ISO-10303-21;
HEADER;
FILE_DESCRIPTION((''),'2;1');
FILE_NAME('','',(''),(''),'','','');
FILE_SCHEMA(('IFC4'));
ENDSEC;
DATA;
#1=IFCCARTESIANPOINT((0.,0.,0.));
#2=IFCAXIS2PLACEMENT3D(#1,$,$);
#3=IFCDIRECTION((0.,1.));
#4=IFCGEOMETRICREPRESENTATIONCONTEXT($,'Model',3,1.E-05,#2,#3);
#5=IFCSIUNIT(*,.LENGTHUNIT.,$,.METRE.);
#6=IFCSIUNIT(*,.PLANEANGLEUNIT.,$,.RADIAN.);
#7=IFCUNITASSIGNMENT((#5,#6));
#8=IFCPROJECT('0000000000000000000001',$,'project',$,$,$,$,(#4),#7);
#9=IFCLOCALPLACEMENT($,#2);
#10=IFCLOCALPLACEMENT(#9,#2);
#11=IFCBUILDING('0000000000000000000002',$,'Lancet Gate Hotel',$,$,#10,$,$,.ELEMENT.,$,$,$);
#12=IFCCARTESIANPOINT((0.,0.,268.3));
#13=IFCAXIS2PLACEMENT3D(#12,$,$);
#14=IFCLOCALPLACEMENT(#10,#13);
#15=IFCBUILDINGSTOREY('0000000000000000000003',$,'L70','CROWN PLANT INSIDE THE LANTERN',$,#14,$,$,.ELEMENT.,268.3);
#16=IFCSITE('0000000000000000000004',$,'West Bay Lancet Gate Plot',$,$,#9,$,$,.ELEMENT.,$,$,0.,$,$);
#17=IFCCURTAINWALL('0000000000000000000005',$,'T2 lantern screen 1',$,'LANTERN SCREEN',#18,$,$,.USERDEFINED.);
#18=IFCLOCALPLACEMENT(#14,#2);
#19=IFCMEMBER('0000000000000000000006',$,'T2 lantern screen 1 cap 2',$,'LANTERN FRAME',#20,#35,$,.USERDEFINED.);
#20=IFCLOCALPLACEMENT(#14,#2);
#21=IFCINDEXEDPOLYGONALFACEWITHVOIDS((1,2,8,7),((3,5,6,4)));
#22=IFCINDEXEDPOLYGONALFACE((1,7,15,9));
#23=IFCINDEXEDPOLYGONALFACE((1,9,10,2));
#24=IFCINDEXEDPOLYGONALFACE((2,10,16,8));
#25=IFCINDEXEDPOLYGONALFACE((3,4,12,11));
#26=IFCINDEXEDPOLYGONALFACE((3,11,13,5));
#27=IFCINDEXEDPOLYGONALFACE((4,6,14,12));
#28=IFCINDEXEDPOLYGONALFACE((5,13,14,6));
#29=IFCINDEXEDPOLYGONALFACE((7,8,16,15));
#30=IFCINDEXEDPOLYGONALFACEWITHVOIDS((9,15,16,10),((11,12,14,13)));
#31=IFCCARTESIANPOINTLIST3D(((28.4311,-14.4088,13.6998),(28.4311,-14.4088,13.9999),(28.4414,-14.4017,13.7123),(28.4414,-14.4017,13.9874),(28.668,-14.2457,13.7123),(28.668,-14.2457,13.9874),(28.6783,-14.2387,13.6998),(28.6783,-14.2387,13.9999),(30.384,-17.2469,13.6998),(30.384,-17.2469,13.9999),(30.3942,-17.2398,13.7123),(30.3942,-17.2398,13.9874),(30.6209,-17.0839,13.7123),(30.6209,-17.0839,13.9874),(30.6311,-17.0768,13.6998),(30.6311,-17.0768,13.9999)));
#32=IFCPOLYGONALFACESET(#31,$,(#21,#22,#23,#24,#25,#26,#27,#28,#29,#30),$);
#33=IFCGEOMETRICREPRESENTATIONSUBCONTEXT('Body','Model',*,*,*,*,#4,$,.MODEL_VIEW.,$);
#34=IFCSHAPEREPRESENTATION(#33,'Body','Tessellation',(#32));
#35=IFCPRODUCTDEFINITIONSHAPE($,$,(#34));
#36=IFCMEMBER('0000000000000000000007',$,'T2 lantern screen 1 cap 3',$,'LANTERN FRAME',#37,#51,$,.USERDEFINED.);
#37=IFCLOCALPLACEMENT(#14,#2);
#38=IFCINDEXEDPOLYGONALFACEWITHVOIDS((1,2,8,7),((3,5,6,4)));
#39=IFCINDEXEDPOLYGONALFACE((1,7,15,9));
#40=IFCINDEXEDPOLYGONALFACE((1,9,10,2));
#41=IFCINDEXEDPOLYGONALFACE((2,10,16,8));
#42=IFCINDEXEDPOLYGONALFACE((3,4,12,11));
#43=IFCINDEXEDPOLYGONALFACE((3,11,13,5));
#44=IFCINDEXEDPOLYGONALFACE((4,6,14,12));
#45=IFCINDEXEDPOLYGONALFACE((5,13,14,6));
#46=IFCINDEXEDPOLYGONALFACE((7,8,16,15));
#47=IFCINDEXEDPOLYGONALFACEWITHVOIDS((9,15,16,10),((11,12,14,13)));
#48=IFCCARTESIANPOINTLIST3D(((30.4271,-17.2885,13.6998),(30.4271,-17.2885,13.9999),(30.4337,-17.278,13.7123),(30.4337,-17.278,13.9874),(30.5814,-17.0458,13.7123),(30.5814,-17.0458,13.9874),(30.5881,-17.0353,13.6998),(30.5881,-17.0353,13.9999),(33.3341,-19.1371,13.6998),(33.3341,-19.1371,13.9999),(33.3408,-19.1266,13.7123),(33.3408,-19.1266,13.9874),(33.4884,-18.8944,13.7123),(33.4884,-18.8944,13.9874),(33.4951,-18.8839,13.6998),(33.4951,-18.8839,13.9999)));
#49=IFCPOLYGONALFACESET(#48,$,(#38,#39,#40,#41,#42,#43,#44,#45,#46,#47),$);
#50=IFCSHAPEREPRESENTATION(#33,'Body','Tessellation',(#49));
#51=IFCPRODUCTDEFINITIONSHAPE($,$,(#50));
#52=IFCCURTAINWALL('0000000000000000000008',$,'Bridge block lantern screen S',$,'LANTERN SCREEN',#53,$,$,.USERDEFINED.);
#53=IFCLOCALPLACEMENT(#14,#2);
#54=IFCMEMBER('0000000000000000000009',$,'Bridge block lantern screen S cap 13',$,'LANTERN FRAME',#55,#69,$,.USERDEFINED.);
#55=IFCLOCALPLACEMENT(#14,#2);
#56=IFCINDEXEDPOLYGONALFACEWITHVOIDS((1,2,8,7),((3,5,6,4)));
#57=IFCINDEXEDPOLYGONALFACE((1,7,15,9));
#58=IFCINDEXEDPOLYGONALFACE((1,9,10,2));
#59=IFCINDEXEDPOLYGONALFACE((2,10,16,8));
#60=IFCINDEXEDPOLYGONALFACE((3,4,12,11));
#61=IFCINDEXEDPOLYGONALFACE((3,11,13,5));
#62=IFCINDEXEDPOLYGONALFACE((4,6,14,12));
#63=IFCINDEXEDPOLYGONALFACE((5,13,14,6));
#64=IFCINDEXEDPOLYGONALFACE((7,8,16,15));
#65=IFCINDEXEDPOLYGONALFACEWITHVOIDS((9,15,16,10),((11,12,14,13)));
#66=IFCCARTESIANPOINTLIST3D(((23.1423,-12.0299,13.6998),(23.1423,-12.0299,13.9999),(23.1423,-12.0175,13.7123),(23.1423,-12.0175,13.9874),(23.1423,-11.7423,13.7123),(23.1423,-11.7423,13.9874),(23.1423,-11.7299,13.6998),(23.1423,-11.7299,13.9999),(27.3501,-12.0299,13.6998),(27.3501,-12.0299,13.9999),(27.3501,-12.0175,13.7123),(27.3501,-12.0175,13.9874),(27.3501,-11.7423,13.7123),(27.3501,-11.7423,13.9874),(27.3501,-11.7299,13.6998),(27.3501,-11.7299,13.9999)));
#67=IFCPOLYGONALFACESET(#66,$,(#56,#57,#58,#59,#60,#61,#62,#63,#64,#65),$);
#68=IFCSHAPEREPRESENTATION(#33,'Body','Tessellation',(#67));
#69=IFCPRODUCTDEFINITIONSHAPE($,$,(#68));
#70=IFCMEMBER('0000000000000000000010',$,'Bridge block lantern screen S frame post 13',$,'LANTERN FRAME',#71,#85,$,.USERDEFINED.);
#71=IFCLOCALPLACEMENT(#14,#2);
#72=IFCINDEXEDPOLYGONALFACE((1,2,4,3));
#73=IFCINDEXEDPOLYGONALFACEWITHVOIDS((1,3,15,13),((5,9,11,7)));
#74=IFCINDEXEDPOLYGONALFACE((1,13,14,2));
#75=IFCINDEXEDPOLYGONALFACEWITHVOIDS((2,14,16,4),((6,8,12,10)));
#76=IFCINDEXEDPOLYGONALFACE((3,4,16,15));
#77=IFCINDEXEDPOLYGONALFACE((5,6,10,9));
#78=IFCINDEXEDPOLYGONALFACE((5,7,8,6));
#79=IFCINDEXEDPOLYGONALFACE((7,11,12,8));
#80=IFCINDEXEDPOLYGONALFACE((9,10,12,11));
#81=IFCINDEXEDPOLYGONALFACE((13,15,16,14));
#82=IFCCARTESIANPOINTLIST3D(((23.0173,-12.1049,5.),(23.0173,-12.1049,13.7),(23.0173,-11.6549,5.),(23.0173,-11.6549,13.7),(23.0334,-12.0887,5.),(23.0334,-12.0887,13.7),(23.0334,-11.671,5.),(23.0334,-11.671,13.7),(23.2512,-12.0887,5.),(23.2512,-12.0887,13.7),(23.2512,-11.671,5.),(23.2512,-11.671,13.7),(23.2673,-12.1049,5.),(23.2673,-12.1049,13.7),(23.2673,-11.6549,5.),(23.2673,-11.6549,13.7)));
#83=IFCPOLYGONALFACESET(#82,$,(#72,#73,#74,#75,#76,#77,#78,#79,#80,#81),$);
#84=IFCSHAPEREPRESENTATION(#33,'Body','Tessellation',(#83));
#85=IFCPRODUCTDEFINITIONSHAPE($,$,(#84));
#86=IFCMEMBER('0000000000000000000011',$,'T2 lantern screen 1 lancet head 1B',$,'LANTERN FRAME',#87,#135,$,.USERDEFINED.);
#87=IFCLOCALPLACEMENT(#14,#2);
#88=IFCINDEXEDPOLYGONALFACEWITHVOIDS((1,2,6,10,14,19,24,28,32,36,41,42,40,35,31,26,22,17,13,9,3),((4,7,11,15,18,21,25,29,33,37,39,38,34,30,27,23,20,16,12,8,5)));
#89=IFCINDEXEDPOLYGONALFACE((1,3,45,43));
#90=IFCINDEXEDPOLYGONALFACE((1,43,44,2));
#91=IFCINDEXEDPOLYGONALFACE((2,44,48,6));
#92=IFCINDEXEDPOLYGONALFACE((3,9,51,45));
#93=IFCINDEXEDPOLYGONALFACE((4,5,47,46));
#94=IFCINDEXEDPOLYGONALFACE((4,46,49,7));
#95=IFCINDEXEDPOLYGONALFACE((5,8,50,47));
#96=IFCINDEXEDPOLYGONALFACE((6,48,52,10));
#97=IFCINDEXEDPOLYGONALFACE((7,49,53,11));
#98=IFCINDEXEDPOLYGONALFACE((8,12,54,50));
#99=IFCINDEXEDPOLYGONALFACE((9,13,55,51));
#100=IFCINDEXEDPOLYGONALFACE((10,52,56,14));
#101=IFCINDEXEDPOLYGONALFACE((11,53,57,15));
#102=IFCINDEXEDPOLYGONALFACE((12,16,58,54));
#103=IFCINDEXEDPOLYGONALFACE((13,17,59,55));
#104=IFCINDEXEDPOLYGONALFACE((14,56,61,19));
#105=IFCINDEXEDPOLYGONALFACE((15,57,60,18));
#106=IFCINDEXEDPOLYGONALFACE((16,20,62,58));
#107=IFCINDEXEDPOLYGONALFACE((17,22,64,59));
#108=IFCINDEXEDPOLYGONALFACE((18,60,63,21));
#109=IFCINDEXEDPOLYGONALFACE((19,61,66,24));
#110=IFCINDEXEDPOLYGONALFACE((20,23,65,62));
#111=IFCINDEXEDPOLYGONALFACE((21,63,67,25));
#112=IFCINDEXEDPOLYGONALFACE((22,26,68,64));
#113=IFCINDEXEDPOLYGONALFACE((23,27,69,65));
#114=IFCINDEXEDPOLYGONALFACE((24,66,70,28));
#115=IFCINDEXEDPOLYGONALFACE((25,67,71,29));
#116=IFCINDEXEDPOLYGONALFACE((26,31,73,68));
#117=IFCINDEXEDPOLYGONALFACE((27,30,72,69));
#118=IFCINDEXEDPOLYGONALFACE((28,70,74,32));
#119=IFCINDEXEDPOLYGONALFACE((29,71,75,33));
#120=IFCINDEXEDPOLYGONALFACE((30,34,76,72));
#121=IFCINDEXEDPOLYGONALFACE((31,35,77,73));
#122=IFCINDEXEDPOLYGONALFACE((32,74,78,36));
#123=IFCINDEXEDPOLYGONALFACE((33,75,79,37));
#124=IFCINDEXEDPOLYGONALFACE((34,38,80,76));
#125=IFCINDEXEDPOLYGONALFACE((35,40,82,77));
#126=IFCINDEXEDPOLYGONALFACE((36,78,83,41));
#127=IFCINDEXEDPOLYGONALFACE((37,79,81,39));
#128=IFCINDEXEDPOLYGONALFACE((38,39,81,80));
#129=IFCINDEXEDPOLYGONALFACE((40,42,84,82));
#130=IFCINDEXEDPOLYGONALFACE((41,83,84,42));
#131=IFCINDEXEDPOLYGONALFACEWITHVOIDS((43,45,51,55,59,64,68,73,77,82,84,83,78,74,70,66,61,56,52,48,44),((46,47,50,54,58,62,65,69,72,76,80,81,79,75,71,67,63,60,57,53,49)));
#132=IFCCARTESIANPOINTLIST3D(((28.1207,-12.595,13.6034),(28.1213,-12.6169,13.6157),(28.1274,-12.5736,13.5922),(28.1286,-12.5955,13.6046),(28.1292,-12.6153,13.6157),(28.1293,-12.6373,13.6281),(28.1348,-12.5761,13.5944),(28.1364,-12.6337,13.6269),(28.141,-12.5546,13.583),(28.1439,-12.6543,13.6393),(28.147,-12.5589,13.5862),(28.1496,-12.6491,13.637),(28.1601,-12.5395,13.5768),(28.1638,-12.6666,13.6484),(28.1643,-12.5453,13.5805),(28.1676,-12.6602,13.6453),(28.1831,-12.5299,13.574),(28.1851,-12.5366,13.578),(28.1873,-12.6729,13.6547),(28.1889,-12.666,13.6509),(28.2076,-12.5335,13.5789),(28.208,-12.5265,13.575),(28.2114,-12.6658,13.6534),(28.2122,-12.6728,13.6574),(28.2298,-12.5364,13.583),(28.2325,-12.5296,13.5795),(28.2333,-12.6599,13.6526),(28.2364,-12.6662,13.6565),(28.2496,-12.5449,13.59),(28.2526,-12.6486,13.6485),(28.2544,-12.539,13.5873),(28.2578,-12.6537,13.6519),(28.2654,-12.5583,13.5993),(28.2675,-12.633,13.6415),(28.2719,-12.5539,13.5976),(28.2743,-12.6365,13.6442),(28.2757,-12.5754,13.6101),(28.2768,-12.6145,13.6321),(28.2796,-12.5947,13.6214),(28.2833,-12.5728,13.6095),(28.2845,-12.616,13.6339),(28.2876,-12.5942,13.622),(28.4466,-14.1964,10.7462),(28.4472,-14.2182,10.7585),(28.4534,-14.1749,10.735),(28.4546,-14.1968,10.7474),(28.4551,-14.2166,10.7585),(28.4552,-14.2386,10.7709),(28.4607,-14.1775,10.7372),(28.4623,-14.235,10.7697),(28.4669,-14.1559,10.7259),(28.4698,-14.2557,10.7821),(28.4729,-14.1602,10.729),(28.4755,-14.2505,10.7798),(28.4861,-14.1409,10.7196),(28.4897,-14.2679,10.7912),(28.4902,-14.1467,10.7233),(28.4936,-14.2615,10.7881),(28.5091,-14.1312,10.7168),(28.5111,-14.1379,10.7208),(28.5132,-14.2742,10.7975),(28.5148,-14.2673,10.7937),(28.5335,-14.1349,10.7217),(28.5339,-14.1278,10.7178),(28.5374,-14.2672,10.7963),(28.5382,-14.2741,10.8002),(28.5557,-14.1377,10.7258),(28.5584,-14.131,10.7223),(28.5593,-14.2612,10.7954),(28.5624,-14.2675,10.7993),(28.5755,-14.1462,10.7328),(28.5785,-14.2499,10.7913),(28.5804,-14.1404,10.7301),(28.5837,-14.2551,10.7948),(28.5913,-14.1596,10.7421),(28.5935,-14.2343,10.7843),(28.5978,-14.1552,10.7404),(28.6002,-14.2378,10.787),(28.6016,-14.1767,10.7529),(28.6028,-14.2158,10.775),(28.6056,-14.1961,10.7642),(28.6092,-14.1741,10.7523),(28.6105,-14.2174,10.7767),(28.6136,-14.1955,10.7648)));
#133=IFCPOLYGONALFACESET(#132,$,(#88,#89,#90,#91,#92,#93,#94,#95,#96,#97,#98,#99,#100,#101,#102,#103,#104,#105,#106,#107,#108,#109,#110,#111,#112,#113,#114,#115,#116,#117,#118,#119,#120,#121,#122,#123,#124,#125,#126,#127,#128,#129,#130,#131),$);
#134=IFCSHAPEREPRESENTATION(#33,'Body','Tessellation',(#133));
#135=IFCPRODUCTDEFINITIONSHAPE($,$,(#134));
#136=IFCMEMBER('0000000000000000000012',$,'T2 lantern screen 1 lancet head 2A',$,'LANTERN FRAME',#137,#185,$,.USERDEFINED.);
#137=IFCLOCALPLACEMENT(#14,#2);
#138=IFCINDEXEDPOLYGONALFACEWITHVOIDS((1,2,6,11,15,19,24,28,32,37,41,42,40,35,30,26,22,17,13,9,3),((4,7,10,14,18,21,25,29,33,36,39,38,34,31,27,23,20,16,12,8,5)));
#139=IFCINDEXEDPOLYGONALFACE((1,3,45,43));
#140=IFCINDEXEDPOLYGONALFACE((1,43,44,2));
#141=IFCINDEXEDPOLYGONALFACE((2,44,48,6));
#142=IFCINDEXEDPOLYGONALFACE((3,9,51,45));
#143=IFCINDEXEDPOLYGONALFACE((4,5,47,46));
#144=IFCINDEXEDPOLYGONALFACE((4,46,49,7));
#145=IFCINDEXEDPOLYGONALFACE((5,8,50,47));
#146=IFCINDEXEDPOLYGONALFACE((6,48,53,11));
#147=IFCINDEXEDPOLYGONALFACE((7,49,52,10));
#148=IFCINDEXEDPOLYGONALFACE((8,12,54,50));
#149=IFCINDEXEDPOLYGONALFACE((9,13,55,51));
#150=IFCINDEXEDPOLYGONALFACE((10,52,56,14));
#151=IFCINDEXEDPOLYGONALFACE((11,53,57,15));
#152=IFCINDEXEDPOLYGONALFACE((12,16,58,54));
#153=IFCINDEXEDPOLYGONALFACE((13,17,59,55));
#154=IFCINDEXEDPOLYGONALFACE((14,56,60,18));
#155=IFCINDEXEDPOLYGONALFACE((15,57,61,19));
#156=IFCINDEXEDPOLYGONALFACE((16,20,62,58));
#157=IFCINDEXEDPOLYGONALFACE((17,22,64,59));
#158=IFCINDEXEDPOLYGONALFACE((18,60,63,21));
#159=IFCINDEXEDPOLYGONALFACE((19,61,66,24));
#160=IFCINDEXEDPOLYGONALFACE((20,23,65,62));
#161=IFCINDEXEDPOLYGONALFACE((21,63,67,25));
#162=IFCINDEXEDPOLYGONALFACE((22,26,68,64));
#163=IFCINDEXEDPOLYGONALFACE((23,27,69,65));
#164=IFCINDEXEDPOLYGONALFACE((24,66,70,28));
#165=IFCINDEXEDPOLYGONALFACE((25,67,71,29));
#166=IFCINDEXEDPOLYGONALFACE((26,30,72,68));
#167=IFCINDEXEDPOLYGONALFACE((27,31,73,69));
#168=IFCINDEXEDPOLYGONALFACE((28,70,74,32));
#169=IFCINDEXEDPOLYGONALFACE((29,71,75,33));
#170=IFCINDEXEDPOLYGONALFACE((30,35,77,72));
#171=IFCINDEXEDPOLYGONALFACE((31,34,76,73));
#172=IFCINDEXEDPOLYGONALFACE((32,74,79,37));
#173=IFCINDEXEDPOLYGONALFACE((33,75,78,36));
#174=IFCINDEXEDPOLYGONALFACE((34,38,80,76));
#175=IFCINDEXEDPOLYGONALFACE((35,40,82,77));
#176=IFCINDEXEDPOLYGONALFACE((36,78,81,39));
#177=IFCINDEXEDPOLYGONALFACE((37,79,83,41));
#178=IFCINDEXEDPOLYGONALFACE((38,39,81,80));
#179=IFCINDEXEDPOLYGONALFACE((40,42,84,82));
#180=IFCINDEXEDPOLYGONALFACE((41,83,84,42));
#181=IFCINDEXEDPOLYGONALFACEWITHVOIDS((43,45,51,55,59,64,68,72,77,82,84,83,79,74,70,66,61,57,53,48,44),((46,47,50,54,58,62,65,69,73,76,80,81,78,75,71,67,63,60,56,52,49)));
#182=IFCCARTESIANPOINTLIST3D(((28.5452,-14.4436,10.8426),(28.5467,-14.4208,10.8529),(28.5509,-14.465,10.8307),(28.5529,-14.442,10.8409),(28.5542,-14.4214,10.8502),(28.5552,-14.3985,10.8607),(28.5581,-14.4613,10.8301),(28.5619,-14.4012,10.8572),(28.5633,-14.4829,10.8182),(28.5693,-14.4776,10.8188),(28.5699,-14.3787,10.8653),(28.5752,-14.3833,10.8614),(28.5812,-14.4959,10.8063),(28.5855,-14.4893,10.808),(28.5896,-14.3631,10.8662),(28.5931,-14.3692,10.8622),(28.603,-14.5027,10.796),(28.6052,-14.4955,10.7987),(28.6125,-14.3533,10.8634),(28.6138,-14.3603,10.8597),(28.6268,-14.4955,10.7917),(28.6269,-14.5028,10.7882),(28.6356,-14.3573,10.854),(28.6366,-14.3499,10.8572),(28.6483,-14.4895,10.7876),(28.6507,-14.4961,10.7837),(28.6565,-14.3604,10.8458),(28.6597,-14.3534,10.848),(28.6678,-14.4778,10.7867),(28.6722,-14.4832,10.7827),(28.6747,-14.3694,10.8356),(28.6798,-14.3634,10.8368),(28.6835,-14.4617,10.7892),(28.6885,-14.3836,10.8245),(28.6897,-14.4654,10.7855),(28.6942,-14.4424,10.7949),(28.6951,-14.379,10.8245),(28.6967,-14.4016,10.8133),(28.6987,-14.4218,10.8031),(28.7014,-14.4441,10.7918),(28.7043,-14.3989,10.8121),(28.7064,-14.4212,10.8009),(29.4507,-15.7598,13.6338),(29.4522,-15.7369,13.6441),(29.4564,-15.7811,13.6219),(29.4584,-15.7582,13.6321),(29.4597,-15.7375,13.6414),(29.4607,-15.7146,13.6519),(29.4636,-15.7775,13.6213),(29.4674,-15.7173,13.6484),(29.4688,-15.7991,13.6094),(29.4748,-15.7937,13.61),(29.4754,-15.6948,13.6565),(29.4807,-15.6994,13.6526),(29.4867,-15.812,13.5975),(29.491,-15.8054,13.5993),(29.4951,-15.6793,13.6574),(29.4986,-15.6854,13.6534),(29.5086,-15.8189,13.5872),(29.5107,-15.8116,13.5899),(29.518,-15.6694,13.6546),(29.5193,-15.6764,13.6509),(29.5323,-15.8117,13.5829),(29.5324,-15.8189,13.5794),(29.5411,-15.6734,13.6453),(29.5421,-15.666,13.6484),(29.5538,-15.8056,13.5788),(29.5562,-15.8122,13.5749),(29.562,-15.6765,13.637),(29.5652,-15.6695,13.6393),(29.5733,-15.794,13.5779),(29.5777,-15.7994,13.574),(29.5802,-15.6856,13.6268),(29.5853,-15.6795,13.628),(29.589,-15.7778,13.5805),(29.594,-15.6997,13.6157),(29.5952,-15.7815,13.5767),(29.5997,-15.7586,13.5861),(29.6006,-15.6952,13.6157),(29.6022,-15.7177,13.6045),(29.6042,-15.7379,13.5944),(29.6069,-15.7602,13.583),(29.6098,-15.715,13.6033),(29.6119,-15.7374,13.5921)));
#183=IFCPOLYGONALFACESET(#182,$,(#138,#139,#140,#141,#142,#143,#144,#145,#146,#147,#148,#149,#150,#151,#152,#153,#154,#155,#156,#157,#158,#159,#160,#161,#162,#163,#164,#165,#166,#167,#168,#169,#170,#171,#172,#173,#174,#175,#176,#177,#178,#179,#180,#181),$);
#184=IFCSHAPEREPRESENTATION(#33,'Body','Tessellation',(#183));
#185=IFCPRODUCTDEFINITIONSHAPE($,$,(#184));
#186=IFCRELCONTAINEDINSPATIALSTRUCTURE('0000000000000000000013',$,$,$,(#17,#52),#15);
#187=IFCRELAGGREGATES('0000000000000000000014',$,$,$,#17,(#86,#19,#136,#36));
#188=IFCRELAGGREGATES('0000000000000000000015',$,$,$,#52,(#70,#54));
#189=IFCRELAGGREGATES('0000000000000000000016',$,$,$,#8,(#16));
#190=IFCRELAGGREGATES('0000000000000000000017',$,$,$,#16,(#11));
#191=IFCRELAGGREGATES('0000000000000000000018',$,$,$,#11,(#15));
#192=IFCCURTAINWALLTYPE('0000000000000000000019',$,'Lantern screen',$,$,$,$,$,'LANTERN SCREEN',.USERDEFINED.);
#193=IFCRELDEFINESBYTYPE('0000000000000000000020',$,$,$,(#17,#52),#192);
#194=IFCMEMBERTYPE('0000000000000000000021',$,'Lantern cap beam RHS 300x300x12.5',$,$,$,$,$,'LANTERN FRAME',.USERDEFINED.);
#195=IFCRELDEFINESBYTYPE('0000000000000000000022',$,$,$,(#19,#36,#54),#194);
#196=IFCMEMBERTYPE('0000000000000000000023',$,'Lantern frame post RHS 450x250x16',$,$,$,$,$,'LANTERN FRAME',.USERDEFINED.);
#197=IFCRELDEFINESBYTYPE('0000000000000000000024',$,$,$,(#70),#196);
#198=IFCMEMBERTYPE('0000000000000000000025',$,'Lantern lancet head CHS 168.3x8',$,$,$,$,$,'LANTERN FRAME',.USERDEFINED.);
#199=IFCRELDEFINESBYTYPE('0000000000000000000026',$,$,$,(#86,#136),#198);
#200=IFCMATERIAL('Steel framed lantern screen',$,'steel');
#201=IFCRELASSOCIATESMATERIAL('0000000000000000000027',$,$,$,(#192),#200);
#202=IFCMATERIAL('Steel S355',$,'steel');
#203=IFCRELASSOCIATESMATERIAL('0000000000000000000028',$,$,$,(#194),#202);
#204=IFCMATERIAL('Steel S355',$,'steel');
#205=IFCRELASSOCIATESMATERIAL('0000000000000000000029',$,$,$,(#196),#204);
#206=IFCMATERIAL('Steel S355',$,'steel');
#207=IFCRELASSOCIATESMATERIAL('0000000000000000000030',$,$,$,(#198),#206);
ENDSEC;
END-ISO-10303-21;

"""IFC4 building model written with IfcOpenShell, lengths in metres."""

from ifc_helpers import new_model, si_unit, direction, frame, origin, origin_2d, place, context, subcontext, project, spatial, hollow_rectangle, hollow_circle, extrude, material, material_profile, profile_set, type_object, element, aggregate, save


model = new_model("IFC4")

# Units and contexts
model_context = context("Model", 3, precision=1e-05, world=origin(), true_north=direction((0.0, 1.0)))
body_context = subcontext(model_context, "Body", "Model", "MODEL_VIEW")
ifc_project = project(units=[si_unit("LENGTHUNIT", "METRE"), si_unit("PLANEANGLEUNIT", "RADIAN")], contexts=[model_context])

# Site, building, storey
site_placement = place(None, origin())
site = spatial("IfcSite", under=ifc_project, at=site_placement, Name="West Bay Lancet Gate Plot", CompositionType="ELEMENT", RefElevation=0.0)
building_placement = place(site_placement, origin())
building = spatial("IfcBuilding", under=site, at=building_placement, Name="Lancet Gate Hotel", CompositionType="ELEMENT")
storey_placement = place(building_placement, frame((0.0, 0.0, 268.3)))
storey = spatial("IfcBuildingStorey", under=building, at=storey_placement, Name="L70", Description="CROWN PLANT INSIDE THE LANTERN", CompositionType="ELEMENT", Elevation=268.3)

# Curtain walls, members
ifc_material_1 = material(Name="Steel framed lantern screen", Category="steel")
curtain_wall_type = type_object("IfcCurtainWallType", Name="Lantern screen", ElementType="LANTERN SCREEN", PredefinedType="USERDEFINED", material=ifc_material_1)
curtain_wall_1_placement = place(storey_placement, origin())
curtain_wall_1 = element("IfcCurtainWall", 1, at=curtain_wall_1_placement, inside=storey, type_object=curtain_wall_type, Name="T2 lantern screen 1", ObjectType="LANTERN SCREEN", PredefinedType="USERDEFINED")
ifc_material_2 = material(Name="Steel S355", Category="steel")
ifc_material_profile_1 = material_profile(ifc_material_2, hollow_rectangle(XDim=0.3, YDim=0.3, WallThickness=0.0125, at=origin_2d()), Name="RHS 300x300x12.5")
ifc_profile_set_1 = profile_set([ifc_material_profile_1], Name="Steel S355")
member_type_1 = type_object("IfcMemberType", Name="Lantern cap beam RHS 300x300x12.5", ElementType="LANTERN FRAME", PredefinedType="USERDEFINED", material=ifc_profile_set_1)
member_1_placement = place(storey_placement, frame((28.5547, -14.3237, 13.8499), z_axis=(0.566857, -0.823816, 0.0), x_axis=(0.823816, 0.566857, 0.0)))
member_1 = element("IfcMember", 2, at=member_1_placement, type_object=member_type_1, Name="T2 lantern screen 1 cap 2", ObjectType="LANTERN FRAME", PredefinedType="USERDEFINED", context=body_context, shape_type="SweptSolid", body=[
    extrude(hollow_rectangle(XDim=0.3, YDim=0.3, WallThickness=0.0125, at=origin_2d()), origin(), (0.0, 0.0, 1.0), 3.4451),
])
member_2_placement = place(storey_placement, frame((30.5076, -17.1619, 13.8499), z_axis=(0.843828, -0.536614, 0.0), x_axis=(0.536614, 0.843828, 0.0)))
member_2 = element("IfcMember", 3, at=member_2_placement, type_object=member_type_1, Name="T2 lantern screen 1 cap 3", ObjectType="LANTERN FRAME", PredefinedType="USERDEFINED", context=body_context, shape_type="SweptSolid", body=[
    extrude(hollow_rectangle(XDim=0.3, YDim=0.3, WallThickness=0.0125, at=origin_2d()), origin(), (0.0, 0.0, 1.0), 3.4451),
])
curtain_wall_2_placement = place(storey_placement, origin())
curtain_wall_2 = element("IfcCurtainWall", 4, at=curtain_wall_2_placement, inside=storey, type_object=curtain_wall_type, Name="Bridge block lantern screen S", ObjectType="LANTERN SCREEN", PredefinedType="USERDEFINED")
member_3_placement = place(storey_placement, frame((23.1423, -11.8799, 13.8499), z_axis=(1.0, 0.0, 0.0), x_axis=(0.0, 1.0, 0.0)))
member_3 = element("IfcMember", 5, at=member_3_placement, type_object=member_type_1, Name="Bridge block lantern screen S cap 13", ObjectType="LANTERN FRAME", PredefinedType="USERDEFINED", context=body_context, shape_type="SweptSolid", body=[
    extrude(hollow_rectangle(XDim=0.3, YDim=0.3, WallThickness=0.0125, at=origin_2d()), origin(), (0.0, 0.0, 1.0), 4.2078),
])
ifc_material_3 = material(Name="Steel S355", Category="steel")
ifc_material_profile_2 = material_profile(ifc_material_3, hollow_rectangle(XDim=0.25, YDim=0.45, WallThickness=0.0161, at=origin_2d()), Name="RHS 450x250x16")
ifc_profile_set_2 = profile_set([ifc_material_profile_2], Name="Steel S355")
member_type_2 = type_object("IfcMemberType", Name="Lantern frame post RHS 450x250x16", ElementType="LANTERN FRAME", PredefinedType="USERDEFINED", material=ifc_profile_set_2)
member_4_placement = place(storey_placement, frame((23.1423, -11.8799, 5.0), z_axis=(0.0, 0.0, 1.0), x_axis=(1.0, 0.0, 0.0)))
member_4 = element("IfcMember", 6, at=member_4_placement, type_object=member_type_2, Name="Bridge block lantern screen S frame post 13", ObjectType="LANTERN FRAME", PredefinedType="USERDEFINED", context=body_context, shape_type="SweptSolid", body=[
    extrude(hollow_rectangle(XDim=0.25, YDim=0.45, WallThickness=0.0161, at=origin_2d()), origin(), (0.0, 0.0, 1.0), 8.7),
])

# Members
ifc_material_4 = material(Name="Steel S355", Category="steel")
ifc_material_profile_3 = material_profile(ifc_material_4, hollow_circle(Radius=0.0842, WallThickness=0.0081, at=origin_2d()), Name="CHS 168.3x8.0")
ifc_profile_set_3 = profile_set([ifc_material_profile_3], Name="Steel S355")
member_type_3 = type_object("IfcMemberType", Name="Lantern lancet head CHS 168.3x8", ElementType="LANTERN FRAME", PredefinedType="USERDEFINED", material=ifc_profile_set_3)
member_5_placement = place(storey_placement, frame((28.5298, -14.2014, 10.7585), z_axis=(-0.099021, 0.486502, 0.86805), x_axis=(-0.979908, -0.199448, 0.0)))
member_5 = element("IfcMember", 7, at=member_5_placement, type_object=member_type_3, Name="T2 lantern screen 1 lancet head 1B", ObjectType="LANTERN FRAME", PredefinedType="USERDEFINED", context=body_context, shape_type="SweptSolid", body=[
    extrude(hollow_circle(Radius=0.0842, WallThickness=0.0081, at=origin_2d()), origin(), (0.0, 0.0, 1.0), 3.2915),
])
member_6_placement = place(storey_placement, frame((28.6257, -14.4268, 10.8245), z_axis=(0.281557, -0.40924, 0.867899), x_axis=(0.82385, 0.566808, 0.0)))
member_6 = element("IfcMember", 8, at=member_6_placement, type_object=member_type_3, Name="T2 lantern screen 1 lancet head 2A", ObjectType="LANTERN FRAME", PredefinedType="USERDEFINED", context=body_context, shape_type="SweptSolid", body=[
    extrude(hollow_circle(Radius=0.0842, WallThickness=0.0081, at=origin_2d()), origin(), (0.0, 0.0, 1.0), 3.2161),
])

aggregate(curtain_wall_1, [member_5, member_1, member_6, member_2])
aggregate(curtain_wall_2, [member_4, member_3])

save(model, "model.ifc")
